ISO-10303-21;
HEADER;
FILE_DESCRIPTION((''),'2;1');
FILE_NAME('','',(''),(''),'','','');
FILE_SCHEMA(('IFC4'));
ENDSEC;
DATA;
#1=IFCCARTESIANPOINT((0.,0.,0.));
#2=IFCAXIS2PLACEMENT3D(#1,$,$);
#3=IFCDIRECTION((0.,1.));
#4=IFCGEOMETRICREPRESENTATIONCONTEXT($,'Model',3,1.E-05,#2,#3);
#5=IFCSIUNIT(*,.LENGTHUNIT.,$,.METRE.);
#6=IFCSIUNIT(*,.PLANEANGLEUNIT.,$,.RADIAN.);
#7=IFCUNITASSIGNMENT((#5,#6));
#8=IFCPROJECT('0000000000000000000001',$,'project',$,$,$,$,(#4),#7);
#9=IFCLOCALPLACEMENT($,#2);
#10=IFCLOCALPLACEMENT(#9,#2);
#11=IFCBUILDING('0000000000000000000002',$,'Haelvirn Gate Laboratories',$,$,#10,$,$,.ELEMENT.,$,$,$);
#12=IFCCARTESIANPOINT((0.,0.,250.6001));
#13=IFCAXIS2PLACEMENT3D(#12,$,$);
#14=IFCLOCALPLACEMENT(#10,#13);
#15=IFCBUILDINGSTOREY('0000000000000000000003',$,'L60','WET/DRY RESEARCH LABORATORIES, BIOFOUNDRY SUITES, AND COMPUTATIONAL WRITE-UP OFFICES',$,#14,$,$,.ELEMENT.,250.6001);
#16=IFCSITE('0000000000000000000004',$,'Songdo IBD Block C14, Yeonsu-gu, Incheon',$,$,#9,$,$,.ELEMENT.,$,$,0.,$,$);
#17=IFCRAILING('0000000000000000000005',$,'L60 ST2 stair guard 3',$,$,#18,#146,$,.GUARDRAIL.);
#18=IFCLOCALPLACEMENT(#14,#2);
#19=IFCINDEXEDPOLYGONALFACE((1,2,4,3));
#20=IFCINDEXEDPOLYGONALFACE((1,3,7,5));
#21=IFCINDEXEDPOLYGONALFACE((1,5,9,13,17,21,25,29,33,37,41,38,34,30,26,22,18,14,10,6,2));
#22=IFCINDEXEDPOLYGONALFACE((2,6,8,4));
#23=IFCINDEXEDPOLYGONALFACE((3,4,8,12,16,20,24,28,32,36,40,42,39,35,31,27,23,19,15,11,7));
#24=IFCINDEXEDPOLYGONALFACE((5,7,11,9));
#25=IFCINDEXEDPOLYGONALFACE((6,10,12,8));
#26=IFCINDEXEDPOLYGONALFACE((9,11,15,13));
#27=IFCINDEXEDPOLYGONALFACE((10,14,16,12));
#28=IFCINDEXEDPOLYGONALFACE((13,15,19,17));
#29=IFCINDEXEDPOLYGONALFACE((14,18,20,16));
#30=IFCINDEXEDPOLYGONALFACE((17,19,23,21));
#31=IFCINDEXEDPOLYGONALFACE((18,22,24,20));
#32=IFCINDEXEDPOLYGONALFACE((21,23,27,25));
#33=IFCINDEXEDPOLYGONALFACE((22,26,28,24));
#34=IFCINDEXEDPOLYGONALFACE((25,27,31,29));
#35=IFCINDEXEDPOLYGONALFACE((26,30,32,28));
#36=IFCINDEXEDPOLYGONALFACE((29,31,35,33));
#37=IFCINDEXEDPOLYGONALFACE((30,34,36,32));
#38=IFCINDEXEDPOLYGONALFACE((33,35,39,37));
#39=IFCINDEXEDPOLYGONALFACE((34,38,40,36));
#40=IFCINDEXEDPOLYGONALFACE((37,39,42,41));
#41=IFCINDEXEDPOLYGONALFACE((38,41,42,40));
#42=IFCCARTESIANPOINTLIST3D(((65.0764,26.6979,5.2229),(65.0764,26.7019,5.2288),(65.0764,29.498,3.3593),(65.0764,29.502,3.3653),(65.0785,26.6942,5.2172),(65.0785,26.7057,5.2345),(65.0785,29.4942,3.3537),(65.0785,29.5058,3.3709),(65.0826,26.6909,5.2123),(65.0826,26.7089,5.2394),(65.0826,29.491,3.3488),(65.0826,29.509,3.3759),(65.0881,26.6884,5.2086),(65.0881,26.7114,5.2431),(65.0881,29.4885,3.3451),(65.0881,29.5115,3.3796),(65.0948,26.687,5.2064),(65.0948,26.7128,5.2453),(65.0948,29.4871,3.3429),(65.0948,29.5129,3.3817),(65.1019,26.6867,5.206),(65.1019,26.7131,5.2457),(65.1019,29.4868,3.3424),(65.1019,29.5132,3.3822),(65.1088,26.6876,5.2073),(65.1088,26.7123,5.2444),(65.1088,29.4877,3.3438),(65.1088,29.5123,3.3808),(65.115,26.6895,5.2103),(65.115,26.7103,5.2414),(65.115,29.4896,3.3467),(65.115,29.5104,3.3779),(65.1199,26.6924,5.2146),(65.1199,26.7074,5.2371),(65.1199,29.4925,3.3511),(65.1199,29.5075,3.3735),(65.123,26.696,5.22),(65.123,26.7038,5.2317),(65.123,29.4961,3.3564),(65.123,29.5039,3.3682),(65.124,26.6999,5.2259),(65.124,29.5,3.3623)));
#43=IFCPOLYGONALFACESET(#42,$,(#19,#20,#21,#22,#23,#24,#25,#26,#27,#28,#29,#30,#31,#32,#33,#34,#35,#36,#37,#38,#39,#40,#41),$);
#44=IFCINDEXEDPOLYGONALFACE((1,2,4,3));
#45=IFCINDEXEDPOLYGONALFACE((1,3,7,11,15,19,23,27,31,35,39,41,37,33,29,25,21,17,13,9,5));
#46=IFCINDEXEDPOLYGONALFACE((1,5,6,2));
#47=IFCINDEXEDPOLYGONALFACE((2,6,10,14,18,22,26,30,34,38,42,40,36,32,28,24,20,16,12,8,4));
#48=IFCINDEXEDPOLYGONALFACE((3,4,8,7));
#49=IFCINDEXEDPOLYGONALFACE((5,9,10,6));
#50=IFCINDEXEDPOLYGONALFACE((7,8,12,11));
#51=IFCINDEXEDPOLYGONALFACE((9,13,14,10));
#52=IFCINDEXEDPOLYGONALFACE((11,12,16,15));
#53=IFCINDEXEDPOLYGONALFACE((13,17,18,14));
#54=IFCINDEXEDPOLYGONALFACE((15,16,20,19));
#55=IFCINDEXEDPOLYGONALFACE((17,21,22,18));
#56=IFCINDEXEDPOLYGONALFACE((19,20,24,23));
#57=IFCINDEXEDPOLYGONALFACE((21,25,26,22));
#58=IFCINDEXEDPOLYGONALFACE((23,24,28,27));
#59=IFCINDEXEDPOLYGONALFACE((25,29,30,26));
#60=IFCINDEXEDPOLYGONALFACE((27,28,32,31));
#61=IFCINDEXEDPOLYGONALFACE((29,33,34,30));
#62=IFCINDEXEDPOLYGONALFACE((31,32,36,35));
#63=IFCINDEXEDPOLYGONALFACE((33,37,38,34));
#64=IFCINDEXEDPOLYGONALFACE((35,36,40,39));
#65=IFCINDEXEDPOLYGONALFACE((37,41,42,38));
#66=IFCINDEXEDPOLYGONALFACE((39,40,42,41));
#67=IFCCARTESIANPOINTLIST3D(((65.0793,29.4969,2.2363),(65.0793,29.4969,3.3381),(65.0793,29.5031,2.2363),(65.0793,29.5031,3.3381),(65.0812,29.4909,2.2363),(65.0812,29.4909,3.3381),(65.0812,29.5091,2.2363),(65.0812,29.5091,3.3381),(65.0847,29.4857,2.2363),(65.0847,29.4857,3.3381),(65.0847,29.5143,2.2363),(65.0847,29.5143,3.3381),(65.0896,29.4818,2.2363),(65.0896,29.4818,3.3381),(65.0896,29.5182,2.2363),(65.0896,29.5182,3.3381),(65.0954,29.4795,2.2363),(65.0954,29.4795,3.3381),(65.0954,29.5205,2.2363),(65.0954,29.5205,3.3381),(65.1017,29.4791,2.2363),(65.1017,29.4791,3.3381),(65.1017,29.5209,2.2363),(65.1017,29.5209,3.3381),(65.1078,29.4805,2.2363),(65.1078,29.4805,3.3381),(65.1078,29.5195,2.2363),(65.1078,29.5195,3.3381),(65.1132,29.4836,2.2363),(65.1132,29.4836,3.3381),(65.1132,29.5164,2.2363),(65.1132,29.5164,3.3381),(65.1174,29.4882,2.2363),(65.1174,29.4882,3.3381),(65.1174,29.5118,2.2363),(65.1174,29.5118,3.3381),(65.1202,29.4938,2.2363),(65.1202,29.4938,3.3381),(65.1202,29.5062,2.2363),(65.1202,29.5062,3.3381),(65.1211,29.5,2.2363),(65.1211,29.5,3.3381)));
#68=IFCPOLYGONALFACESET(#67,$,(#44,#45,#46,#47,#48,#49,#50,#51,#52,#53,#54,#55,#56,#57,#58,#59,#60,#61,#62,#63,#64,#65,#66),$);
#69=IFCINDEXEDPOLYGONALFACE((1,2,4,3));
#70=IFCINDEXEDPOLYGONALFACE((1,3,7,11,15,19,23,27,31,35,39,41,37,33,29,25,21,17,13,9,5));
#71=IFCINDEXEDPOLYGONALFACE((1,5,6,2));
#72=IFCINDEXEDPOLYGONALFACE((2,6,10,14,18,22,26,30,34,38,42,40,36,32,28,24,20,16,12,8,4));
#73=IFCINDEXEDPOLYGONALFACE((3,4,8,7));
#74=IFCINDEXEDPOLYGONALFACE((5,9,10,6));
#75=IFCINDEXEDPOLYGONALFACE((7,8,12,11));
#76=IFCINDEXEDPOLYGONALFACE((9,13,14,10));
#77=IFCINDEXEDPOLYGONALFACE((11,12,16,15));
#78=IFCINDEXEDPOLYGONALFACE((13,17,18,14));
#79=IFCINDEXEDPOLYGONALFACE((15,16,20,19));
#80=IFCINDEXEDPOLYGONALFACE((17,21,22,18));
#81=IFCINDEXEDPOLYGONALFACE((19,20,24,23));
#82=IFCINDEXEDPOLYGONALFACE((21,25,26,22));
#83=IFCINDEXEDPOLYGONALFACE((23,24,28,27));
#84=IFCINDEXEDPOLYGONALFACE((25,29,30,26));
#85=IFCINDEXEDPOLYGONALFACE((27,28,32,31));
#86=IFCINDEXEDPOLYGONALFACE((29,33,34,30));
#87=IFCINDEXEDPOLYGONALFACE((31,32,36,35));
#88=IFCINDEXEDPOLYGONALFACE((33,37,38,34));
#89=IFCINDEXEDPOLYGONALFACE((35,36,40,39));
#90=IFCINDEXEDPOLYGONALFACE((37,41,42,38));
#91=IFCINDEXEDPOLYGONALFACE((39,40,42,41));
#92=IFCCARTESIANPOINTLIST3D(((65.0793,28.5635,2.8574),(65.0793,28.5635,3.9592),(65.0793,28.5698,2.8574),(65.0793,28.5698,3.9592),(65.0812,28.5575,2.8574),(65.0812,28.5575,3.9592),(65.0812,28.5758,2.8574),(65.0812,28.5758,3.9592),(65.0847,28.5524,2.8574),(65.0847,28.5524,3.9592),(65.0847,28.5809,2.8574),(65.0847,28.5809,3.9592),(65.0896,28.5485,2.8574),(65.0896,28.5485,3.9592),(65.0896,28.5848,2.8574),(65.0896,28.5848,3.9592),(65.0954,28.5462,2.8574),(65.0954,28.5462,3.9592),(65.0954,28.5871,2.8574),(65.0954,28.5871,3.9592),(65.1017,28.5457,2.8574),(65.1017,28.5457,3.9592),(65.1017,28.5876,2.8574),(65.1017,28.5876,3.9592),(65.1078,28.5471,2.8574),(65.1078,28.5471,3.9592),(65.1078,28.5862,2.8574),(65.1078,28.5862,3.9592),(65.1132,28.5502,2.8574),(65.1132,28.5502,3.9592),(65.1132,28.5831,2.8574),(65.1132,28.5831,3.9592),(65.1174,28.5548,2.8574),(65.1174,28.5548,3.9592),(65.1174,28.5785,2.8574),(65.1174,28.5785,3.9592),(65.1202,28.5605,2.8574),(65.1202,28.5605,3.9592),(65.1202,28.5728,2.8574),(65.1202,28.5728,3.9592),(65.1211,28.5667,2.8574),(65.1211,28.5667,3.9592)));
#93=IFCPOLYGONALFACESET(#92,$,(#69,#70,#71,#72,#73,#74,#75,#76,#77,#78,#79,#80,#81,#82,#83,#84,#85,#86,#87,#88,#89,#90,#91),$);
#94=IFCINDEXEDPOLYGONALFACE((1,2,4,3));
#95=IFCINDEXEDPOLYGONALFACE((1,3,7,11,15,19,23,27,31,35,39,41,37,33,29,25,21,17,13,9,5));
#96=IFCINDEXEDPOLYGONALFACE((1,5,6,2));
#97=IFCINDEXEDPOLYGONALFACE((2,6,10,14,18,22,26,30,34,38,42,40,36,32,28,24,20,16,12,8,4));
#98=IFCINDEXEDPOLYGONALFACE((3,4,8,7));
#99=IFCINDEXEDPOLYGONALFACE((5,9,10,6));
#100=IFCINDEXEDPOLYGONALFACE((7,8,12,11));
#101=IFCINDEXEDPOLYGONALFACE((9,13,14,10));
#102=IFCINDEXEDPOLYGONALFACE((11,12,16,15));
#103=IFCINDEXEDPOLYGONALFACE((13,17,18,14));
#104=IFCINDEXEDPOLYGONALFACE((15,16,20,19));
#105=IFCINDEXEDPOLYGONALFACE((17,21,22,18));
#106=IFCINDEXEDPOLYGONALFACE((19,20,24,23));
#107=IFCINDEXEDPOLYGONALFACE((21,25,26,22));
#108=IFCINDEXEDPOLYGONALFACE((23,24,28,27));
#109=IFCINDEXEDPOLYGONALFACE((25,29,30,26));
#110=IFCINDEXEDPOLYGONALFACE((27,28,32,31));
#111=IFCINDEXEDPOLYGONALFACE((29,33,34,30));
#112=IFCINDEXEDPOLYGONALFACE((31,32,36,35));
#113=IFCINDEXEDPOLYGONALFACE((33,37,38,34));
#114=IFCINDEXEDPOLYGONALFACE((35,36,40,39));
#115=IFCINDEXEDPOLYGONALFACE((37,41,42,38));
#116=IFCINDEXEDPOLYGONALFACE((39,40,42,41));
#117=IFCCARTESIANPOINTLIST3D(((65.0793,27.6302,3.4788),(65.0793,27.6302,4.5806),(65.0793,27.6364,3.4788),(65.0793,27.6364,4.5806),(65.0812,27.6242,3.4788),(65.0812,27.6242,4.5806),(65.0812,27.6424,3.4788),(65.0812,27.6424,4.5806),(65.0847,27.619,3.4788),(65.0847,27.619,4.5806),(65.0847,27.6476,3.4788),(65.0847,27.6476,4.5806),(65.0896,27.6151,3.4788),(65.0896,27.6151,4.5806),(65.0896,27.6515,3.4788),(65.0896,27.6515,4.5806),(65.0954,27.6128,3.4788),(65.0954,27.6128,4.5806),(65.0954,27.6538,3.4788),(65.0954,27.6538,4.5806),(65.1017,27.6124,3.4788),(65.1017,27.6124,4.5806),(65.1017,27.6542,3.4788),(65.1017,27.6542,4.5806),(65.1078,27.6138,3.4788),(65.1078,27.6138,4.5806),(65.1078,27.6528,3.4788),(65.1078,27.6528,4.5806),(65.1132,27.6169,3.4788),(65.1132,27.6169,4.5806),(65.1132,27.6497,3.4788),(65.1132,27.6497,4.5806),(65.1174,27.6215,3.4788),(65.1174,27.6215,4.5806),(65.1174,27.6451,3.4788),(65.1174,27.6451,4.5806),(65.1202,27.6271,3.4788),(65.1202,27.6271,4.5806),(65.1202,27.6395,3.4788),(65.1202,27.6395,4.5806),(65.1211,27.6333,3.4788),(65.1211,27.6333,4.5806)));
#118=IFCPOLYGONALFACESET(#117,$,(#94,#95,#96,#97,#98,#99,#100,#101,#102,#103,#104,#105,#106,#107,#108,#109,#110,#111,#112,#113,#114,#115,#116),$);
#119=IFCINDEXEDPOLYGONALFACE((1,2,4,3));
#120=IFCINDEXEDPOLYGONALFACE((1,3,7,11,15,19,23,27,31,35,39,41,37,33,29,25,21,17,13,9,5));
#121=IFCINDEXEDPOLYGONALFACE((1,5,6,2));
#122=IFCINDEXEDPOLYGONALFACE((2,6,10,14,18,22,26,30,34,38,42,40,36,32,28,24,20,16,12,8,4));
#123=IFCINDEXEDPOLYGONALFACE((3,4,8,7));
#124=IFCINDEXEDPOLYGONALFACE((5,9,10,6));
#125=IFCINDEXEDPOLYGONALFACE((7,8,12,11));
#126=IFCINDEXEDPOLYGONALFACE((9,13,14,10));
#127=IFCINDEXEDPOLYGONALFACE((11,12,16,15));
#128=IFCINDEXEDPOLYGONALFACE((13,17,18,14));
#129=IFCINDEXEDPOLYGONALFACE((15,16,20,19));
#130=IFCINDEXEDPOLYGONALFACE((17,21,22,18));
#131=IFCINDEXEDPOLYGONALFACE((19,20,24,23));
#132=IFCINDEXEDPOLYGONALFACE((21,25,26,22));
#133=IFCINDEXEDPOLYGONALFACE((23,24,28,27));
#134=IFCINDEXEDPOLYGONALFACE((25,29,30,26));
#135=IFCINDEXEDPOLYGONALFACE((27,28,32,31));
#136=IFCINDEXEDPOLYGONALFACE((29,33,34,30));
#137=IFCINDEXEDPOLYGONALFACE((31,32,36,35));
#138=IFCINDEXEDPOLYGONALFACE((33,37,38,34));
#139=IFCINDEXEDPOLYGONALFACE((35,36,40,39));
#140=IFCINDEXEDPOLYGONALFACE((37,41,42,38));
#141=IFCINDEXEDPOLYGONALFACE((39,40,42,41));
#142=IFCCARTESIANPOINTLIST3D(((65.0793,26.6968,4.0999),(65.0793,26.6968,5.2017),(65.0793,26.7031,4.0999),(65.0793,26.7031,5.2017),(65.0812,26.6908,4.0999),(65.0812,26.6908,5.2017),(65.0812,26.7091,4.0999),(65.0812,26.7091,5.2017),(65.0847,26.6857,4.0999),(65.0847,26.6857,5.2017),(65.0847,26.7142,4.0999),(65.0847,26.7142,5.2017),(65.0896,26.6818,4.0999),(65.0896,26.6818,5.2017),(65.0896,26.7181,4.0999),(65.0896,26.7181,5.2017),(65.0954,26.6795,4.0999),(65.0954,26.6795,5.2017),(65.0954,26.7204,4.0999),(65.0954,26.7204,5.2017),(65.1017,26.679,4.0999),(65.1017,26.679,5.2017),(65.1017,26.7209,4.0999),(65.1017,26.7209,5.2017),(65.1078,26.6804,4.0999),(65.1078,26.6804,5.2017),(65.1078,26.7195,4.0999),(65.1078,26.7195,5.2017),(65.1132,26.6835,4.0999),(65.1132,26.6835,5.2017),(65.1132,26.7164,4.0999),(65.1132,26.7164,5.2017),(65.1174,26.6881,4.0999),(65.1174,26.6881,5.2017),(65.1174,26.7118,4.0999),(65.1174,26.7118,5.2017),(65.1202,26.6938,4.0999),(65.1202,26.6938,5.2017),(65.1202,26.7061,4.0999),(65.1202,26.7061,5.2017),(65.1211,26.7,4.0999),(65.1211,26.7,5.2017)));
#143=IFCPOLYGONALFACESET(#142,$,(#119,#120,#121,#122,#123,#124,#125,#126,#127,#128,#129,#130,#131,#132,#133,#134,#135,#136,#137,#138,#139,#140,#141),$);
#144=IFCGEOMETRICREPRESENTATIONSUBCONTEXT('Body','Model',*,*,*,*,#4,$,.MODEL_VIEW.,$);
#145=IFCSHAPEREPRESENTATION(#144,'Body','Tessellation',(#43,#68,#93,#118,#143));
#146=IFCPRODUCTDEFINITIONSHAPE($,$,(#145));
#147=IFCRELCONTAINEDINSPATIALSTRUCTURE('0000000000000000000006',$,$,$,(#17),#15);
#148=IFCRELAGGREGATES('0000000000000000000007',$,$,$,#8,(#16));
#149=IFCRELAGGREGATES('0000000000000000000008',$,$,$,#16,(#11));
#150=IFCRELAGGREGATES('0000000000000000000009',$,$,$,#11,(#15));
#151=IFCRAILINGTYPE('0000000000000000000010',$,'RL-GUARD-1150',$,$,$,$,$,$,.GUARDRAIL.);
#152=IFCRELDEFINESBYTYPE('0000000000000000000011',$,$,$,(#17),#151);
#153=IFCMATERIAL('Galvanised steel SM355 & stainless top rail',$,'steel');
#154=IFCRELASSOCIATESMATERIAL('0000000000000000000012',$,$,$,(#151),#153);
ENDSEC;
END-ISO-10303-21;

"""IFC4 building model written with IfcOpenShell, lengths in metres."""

from ifc_helpers import new_model, si_unit, direction, frame, origin, origin_2d, place, context, subcontext, project, spatial, circle, extrude, source, transform, mapped, material, type_object, element, save


model = new_model("IFC4")

# Units and contexts
model_context = context("Model", 3, precision=1e-05, world=origin(), true_north=direction((0.0, 1.0)))
body_context = subcontext(model_context, "Body", "Model", "MODEL_VIEW")
ifc_project = project(units=[si_unit("LENGTHUNIT", "METRE"), si_unit("PLANEANGLEUNIT", "RADIAN")], contexts=[model_context])

# Site, building, storey
site_placement = place(None, origin())
site = spatial("IfcSite", under=ifc_project, at=site_placement, Name="Songdo IBD Block C14, Yeonsu-gu, Incheon", CompositionType="ELEMENT", RefElevation=0.0)
building_placement = place(site_placement, origin())
building = spatial("IfcBuilding", under=site, at=building_placement, Name="Haelvirn Gate Laboratories", CompositionType="ELEMENT")
storey_placement = place(building_placement, frame((0.0, 0.0, 250.6001)))
storey = spatial("IfcBuildingStorey", under=building, at=storey_placement, Name="L60", Description="WET/DRY RESEARCH LABORATORIES, BIOFOUNDRY SUITES, AND COMPUTATIONAL WRITE-UP OFFICES", CompositionType="ELEMENT", Elevation=250.6001)

# Railing
ifc_material_1 = material(Name="Galvanised steel SM355 & stainless top rail", Category="steel")
railing_type_1 = type_object("IfcRailingType", Name="RL-GUARD-1150", PredefinedType="GUARDRAIL", material=ifc_material_1)
shared_shape_1 = source(origin(), body_context, "Body", "SweptSolid", [
    extrude(circle(Radius=0.0239, at=origin_2d()), frame((0.0, 0.0, 1.126), z_axis=(0.0, -0.832486, 0.554047), x_axis=(1.0, 0.0, 0.0)), (0.0, 0.0, 1.0), 3.3635),
    extrude(circle(Radius=0.021, at=origin_2d()), origin(), (0.0, 0.0, 1.0), 1.1018),
    extrude(circle(Radius=0.021, at=origin_2d()), frame((0.0, -0.9333, 0.6211)), (0.0, 0.0, 1.0), 1.1018),
    extrude(circle(Radius=0.021, at=origin_2d()), frame((0.0, -1.8667, 1.2424)), (0.0, 0.0, 1.0), 1.1018),
    extrude(circle(Radius=0.021, at=origin_2d()), frame((0.0, -2.8, 1.8635)), (0.0, 0.0, 1.0), 1.1018),
])
railing_1_placement = place(storey_placement, frame((65.1001, 29.5, 2.2363)))
element("IfcRailing", 1, at=railing_1_placement, inside=storey, type_object=railing_type_1, Name="L60 ST2 stair guard 3", PredefinedType="GUARDRAIL", context=body_context, shape_type="MappedRepresentation", body=[
    mapped(shared_shape_1, transform((0.0, 0.0, 0.0), scale=1.0)),
])

save(model, "model.ifc")
